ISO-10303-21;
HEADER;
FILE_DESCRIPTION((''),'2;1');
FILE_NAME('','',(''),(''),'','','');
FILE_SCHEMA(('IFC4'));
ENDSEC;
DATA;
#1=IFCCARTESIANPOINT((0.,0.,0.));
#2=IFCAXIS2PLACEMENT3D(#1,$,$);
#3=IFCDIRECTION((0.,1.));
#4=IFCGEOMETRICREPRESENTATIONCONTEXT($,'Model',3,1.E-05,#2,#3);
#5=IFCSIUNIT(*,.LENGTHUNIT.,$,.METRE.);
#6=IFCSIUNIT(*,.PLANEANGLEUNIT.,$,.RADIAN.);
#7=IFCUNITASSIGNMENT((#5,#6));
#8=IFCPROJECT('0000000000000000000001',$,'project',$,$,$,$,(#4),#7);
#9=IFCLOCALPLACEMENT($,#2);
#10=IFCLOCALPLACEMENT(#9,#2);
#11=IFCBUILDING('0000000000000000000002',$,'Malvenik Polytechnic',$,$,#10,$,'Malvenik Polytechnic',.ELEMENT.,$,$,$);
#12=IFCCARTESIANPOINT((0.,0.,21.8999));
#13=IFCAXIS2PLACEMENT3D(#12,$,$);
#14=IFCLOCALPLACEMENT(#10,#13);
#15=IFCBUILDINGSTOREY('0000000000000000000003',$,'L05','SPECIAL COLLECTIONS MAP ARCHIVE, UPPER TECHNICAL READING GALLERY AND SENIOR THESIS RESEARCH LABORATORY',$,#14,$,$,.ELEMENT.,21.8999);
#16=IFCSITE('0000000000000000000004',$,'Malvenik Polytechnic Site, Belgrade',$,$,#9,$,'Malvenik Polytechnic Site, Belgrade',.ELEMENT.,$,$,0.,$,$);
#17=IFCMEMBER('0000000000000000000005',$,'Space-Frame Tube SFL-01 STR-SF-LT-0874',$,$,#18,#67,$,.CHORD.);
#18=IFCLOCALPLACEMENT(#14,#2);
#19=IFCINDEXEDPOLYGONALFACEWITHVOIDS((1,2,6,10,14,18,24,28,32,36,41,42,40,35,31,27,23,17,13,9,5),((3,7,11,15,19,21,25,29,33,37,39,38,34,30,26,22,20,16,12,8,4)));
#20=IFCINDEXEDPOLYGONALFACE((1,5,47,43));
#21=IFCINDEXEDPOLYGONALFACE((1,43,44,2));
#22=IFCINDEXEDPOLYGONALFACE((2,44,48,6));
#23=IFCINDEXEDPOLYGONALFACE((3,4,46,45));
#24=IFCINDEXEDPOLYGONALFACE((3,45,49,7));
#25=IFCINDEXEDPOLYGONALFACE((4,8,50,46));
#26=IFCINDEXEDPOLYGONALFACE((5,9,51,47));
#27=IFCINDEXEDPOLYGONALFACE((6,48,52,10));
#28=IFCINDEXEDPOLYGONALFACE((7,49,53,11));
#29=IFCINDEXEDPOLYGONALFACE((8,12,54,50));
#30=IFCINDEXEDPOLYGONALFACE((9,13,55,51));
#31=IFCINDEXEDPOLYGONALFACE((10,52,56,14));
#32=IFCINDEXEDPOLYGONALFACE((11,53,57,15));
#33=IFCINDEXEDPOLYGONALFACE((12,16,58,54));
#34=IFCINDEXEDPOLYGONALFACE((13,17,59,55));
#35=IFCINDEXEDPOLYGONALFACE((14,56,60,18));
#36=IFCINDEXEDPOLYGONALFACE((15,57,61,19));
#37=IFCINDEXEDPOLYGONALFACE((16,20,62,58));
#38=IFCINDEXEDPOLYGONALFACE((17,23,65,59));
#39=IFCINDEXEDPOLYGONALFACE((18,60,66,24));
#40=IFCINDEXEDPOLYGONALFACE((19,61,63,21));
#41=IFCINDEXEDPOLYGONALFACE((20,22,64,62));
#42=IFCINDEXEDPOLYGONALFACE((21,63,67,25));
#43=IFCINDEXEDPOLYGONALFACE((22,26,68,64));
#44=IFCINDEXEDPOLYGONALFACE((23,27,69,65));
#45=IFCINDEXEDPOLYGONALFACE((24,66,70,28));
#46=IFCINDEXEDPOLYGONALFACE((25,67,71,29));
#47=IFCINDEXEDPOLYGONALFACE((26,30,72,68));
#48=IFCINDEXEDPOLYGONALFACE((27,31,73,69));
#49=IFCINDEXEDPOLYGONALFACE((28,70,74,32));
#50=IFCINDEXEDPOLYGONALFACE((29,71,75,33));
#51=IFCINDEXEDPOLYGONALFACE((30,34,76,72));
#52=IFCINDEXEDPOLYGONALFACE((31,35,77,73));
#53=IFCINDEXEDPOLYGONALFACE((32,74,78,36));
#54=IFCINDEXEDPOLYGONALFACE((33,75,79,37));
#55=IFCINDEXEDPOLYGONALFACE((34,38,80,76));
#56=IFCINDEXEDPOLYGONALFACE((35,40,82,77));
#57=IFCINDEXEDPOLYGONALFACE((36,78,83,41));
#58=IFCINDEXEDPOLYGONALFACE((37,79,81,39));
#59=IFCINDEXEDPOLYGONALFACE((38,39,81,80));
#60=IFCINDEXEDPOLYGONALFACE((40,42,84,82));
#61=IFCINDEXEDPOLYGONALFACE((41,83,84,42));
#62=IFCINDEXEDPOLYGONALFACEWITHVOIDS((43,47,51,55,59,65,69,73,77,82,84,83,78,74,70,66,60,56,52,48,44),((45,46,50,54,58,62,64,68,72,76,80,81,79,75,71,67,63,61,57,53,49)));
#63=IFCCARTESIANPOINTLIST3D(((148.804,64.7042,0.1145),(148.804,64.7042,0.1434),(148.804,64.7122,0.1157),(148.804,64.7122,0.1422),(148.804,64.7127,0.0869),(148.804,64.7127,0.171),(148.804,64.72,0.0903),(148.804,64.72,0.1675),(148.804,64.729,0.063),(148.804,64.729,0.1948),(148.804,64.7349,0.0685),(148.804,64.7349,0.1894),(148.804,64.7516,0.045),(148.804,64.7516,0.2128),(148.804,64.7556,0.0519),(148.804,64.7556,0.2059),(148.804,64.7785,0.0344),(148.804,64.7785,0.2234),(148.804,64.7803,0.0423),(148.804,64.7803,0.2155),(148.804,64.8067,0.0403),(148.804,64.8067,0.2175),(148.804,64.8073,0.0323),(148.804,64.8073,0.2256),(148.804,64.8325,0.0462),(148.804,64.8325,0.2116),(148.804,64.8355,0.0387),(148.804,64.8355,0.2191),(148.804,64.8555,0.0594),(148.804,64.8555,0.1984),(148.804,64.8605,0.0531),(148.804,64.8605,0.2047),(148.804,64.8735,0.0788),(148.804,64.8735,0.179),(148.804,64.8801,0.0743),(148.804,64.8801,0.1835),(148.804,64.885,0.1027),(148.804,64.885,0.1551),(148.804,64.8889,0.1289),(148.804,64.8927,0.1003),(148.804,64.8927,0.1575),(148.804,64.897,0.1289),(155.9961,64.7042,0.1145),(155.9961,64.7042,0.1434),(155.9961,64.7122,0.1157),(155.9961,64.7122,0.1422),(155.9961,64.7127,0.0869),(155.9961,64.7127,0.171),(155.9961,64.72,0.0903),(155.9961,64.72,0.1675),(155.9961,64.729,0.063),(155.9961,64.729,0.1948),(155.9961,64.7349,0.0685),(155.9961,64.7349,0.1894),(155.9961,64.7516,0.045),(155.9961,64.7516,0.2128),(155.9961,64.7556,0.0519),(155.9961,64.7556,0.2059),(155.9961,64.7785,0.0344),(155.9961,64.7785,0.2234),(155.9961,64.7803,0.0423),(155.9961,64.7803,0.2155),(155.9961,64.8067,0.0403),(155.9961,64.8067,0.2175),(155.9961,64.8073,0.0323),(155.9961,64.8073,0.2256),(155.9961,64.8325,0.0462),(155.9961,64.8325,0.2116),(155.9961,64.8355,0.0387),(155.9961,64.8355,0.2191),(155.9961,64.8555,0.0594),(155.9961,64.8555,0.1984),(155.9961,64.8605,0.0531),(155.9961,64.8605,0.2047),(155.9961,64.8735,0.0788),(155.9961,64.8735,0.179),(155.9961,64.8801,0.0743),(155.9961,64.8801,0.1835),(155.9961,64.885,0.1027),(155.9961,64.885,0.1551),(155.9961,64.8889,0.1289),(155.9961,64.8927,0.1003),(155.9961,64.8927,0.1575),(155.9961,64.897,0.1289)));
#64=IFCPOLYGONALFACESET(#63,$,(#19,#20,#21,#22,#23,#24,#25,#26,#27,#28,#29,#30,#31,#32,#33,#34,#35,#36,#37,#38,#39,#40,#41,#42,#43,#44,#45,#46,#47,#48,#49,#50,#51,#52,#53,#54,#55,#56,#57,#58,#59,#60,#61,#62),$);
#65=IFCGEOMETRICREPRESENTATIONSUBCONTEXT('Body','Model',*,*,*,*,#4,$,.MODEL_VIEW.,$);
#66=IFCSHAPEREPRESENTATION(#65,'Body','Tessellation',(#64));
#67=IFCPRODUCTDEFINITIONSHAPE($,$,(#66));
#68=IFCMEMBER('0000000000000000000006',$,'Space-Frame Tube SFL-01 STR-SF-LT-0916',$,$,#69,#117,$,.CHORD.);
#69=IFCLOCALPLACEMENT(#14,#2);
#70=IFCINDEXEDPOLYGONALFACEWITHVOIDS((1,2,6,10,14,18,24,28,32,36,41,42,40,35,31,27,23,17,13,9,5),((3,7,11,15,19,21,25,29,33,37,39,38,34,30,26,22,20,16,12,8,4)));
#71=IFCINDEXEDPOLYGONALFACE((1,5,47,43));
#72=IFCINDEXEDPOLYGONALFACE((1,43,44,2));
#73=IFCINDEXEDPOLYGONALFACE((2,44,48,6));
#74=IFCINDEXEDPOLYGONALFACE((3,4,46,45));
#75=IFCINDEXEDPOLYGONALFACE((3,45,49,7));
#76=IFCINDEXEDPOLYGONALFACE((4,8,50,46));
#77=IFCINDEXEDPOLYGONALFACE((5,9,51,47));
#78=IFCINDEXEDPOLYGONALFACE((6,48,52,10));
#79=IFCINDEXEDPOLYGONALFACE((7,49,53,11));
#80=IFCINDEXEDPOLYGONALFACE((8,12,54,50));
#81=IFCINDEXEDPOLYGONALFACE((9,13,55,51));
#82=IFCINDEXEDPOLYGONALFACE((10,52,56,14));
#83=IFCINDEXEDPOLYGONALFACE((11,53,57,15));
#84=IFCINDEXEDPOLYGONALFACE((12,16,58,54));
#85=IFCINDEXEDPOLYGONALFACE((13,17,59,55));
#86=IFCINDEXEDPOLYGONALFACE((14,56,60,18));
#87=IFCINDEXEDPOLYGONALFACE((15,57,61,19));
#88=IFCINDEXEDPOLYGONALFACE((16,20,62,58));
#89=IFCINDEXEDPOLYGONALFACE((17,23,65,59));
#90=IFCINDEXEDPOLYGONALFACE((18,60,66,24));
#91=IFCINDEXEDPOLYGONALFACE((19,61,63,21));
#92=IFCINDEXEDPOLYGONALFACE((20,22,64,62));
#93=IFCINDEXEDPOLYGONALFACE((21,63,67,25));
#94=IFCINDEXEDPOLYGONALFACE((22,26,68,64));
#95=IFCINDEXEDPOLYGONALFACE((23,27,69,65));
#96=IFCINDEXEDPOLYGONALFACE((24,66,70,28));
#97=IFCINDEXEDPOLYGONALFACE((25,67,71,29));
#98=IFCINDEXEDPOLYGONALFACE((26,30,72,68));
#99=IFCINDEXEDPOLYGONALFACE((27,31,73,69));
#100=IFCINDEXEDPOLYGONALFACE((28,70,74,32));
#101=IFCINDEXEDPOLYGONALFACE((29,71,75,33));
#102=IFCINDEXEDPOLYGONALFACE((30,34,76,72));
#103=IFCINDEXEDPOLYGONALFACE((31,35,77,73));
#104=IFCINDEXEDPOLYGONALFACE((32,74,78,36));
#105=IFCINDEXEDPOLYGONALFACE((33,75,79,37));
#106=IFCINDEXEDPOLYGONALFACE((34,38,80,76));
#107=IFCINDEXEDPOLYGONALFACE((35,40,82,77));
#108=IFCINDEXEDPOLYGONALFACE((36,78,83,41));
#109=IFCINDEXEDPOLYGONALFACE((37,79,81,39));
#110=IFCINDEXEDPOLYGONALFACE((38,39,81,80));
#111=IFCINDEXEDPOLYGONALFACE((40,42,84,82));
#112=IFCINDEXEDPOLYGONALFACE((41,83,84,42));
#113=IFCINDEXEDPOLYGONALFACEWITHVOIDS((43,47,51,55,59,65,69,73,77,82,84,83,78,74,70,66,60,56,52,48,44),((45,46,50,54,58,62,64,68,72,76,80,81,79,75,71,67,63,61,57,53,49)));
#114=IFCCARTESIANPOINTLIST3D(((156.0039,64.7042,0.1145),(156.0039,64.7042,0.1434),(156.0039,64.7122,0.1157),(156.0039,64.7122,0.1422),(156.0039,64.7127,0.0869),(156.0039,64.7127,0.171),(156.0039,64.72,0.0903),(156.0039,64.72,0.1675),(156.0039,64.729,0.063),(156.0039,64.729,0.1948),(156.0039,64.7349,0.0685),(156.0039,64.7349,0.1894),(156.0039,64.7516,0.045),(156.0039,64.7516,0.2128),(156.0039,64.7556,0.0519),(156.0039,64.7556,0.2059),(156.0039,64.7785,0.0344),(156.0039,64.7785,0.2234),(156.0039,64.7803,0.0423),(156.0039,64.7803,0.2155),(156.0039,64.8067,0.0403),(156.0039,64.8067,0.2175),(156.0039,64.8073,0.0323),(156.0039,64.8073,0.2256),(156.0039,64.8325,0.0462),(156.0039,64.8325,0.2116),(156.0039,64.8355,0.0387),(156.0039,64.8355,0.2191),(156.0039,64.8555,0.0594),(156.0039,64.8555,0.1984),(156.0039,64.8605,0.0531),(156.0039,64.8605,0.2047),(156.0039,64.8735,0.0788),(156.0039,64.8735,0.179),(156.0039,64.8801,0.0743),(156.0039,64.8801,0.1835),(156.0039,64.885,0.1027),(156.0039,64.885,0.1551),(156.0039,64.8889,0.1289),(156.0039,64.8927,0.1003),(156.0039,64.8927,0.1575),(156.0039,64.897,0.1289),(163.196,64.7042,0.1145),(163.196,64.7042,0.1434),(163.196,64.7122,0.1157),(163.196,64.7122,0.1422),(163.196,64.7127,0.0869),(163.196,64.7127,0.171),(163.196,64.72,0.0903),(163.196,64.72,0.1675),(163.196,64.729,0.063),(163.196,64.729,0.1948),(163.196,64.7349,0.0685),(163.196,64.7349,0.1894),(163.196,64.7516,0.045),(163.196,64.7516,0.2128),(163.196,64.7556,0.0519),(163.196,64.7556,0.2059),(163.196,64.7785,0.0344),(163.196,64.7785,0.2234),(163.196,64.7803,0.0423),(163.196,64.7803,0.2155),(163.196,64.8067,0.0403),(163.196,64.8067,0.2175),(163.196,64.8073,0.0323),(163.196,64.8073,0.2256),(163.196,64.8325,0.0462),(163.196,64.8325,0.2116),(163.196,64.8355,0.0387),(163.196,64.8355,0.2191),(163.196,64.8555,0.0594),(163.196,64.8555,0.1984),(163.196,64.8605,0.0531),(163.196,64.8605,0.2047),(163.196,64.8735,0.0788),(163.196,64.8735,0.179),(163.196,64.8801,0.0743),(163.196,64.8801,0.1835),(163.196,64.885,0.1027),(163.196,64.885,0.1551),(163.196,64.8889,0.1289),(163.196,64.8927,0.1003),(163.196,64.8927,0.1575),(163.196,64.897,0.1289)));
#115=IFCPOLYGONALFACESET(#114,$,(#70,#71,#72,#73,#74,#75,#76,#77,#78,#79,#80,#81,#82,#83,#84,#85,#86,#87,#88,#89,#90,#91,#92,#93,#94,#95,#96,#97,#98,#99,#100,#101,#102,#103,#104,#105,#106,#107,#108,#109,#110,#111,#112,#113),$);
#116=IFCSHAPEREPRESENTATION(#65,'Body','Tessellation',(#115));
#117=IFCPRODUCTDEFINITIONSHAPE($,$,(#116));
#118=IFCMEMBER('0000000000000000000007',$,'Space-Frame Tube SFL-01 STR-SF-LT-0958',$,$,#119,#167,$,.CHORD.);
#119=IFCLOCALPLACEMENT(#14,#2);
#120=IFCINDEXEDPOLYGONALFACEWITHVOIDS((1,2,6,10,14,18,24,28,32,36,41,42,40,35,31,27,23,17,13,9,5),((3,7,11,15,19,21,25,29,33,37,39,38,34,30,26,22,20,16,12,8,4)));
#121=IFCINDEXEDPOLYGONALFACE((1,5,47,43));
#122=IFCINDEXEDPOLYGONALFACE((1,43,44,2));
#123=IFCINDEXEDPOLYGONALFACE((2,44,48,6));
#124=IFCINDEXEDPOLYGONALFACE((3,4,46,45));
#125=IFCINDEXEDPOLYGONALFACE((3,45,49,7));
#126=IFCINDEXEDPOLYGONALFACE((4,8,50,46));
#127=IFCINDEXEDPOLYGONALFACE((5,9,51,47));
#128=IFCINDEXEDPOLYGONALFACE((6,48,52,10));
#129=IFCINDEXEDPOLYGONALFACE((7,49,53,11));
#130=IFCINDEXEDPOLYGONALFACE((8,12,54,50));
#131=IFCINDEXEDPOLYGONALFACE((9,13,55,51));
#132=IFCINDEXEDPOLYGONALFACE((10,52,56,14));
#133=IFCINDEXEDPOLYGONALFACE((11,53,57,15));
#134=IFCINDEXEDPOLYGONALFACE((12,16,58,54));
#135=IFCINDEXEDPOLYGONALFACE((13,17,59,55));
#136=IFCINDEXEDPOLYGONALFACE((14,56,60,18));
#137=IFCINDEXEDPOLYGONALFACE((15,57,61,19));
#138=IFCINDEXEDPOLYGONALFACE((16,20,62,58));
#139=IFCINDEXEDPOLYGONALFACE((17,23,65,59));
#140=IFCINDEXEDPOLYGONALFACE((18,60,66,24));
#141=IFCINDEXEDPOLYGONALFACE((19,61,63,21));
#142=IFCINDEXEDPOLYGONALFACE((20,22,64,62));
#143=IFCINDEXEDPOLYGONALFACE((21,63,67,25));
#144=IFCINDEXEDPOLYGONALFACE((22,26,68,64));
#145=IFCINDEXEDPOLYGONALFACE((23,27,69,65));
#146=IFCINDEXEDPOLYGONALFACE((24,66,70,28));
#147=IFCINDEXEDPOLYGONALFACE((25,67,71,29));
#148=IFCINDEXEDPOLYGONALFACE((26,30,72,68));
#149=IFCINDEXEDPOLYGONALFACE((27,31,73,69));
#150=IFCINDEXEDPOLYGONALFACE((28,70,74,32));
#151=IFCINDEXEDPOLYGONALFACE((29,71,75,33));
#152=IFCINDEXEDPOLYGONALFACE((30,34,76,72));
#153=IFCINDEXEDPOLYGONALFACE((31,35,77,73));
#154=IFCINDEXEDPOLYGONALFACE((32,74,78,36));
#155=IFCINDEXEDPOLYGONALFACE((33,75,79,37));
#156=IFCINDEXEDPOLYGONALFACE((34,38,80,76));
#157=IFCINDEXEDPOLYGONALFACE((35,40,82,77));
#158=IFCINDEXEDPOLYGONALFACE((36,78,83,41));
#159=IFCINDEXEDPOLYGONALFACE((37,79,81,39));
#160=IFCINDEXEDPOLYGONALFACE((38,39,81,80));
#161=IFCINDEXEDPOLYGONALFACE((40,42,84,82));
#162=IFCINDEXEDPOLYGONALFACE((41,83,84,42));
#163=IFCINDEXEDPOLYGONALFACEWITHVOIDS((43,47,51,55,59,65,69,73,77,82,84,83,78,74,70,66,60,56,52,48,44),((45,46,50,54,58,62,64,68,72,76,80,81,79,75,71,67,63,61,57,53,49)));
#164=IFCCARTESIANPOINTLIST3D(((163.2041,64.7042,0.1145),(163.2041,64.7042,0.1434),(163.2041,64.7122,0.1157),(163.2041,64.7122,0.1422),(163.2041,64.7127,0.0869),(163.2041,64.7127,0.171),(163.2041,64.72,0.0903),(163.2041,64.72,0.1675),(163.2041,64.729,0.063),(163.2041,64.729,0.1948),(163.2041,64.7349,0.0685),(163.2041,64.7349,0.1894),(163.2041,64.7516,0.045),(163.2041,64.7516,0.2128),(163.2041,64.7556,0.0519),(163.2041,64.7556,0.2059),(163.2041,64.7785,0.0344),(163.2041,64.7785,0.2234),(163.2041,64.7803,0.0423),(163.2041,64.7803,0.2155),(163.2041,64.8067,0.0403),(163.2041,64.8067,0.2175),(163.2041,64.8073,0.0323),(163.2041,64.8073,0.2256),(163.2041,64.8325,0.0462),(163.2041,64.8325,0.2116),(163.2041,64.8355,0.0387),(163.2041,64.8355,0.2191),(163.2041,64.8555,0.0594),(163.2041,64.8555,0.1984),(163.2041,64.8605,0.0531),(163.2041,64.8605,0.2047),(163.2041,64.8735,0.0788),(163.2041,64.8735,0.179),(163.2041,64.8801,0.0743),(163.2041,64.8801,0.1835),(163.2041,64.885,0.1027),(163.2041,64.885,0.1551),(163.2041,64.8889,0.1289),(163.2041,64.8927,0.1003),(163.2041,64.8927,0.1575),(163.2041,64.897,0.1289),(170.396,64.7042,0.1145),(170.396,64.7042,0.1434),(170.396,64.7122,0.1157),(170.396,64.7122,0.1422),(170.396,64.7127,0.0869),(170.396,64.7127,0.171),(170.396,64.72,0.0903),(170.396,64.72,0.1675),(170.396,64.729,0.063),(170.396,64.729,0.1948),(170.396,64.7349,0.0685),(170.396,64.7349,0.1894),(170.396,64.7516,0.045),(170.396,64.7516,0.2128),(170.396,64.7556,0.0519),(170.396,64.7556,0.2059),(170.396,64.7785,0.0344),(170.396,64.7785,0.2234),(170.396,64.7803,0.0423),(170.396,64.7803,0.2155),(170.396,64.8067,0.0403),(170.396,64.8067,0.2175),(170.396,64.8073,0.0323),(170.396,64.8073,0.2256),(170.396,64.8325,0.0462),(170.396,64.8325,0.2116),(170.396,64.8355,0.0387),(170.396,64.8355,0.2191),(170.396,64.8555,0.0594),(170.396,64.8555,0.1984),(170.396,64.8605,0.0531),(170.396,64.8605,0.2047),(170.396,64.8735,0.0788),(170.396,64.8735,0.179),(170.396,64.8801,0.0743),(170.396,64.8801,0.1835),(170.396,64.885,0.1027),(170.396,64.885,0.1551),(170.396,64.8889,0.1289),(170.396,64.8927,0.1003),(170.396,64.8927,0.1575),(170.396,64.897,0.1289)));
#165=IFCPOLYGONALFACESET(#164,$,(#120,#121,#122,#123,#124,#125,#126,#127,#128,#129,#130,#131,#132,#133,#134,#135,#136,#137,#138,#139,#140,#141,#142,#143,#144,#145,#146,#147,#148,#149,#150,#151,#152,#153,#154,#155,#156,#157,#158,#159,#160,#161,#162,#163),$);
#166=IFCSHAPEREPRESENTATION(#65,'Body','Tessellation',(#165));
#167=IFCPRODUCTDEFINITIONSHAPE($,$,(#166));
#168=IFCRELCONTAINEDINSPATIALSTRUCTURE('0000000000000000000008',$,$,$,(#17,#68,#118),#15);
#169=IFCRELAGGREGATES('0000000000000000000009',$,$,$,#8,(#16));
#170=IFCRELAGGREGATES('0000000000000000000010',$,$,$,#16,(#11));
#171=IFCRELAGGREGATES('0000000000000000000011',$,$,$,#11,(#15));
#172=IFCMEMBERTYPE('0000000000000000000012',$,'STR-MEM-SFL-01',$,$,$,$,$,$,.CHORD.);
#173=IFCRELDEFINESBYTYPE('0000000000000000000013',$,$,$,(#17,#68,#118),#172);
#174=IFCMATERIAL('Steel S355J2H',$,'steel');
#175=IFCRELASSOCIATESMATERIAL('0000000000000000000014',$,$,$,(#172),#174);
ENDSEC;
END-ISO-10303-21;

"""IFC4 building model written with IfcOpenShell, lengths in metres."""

from ifc_helpers import new_model, si_unit, direction, frame, origin, origin_2d, place, context, subcontext, project, spatial, hollow_circle, extrude, material, material_profile, profile_set, type_object, element, save


model = new_model("IFC4")

# Units and contexts
model_context = context("Model", 3, precision=1e-05, world=origin(), true_north=direction((0.0, 1.0)))
body_context = subcontext(model_context, "Body", "Model", "MODEL_VIEW")
ifc_project = project(units=[si_unit("LENGTHUNIT", "METRE"), si_unit("PLANEANGLEUNIT", "RADIAN")], contexts=[model_context])

# Site, building, storey
site_placement = place(None, origin())
site = spatial("IfcSite", under=ifc_project, at=site_placement, Name="Malvenik Polytechnic Site, Belgrade", LongName="Malvenik Polytechnic Site, Belgrade", CompositionType="ELEMENT", RefElevation=0.0)
building_placement = place(site_placement, origin())
building = spatial("IfcBuilding", under=site, at=building_placement, Name="Malvenik Polytechnic", LongName="Malvenik Polytechnic", CompositionType="ELEMENT")
storey_placement = place(building_placement, frame((0.0, 0.0, 21.8999)))
storey = spatial("IfcBuildingStorey", under=building, at=storey_placement, Name="L05", Description="SPECIAL COLLECTIONS MAP ARCHIVE, UPPER TECHNICAL READING GALLERY AND SENIOR THESIS RESEARCH LABORATORY", CompositionType="ELEMENT", Elevation=21.8999)

# Members
ifc_material = material(Name="Steel S355J2H", Category="steel")
ifc_material_profile_1 = material_profile(ifc_material, hollow_circle(Radius=0.0969, WallThickness=0.0081, at=origin_2d()), Name="CHS 193.7x8.0")
ifc_profile_set_1 = profile_set([ifc_material_profile_1], Name="Steel S355J2H")
member_type_1 = type_object("IfcMemberType", Name="STR-MEM-SFL-01", PredefinedType="CHORD", material=ifc_profile_set_1)
for number, where, z_axis, x_axis, name in (
    (1, (148.804, 64.8, 0.1289), (1.0, 0.0, 0.0), (0.0, 1.0, 0.0), "Space-Frame Tube SFL-01 STR-SF-LT-0874"),
    (2, (156.0039, 64.8, 0.1289), (1.0, 0.0, 0.0), (0.0, 1.0, 0.0), "Space-Frame Tube SFL-01 STR-SF-LT-0916"),
):
    element("IfcMember", number, at=place(storey_placement, frame(where, z_axis=z_axis, x_axis=x_axis)), inside=storey, type_object=member_type_1, Name=name, PredefinedType="CHORD", context=body_context, shape_type="SweptSolid", body=[
        extrude(hollow_circle(Radius=0.0969, WallThickness=0.0081, at=origin_2d()), origin(), (0.0, 0.0, 1.0), 7.1921),
    ])
for number, where, z_axis, x_axis, name in (
    (3, (163.2041, 64.8, 0.1289), (1.0, 0.0, 0.0), (0.0, 1.0, 0.0), "Space-Frame Tube SFL-01 STR-SF-LT-0958"),
):
    element("IfcMember", number, at=place(storey_placement, frame(where, z_axis=z_axis, x_axis=x_axis)), inside=storey, type_object=member_type_1, Name=name, PredefinedType="CHORD", context=body_context, shape_type="SweptSolid", body=[
        extrude(hollow_circle(Radius=0.0969, WallThickness=0.0081, at=origin_2d()), origin(), (0.0, 0.0, 1.0), 7.1919),
    ])

save(model, "model.ifc")
